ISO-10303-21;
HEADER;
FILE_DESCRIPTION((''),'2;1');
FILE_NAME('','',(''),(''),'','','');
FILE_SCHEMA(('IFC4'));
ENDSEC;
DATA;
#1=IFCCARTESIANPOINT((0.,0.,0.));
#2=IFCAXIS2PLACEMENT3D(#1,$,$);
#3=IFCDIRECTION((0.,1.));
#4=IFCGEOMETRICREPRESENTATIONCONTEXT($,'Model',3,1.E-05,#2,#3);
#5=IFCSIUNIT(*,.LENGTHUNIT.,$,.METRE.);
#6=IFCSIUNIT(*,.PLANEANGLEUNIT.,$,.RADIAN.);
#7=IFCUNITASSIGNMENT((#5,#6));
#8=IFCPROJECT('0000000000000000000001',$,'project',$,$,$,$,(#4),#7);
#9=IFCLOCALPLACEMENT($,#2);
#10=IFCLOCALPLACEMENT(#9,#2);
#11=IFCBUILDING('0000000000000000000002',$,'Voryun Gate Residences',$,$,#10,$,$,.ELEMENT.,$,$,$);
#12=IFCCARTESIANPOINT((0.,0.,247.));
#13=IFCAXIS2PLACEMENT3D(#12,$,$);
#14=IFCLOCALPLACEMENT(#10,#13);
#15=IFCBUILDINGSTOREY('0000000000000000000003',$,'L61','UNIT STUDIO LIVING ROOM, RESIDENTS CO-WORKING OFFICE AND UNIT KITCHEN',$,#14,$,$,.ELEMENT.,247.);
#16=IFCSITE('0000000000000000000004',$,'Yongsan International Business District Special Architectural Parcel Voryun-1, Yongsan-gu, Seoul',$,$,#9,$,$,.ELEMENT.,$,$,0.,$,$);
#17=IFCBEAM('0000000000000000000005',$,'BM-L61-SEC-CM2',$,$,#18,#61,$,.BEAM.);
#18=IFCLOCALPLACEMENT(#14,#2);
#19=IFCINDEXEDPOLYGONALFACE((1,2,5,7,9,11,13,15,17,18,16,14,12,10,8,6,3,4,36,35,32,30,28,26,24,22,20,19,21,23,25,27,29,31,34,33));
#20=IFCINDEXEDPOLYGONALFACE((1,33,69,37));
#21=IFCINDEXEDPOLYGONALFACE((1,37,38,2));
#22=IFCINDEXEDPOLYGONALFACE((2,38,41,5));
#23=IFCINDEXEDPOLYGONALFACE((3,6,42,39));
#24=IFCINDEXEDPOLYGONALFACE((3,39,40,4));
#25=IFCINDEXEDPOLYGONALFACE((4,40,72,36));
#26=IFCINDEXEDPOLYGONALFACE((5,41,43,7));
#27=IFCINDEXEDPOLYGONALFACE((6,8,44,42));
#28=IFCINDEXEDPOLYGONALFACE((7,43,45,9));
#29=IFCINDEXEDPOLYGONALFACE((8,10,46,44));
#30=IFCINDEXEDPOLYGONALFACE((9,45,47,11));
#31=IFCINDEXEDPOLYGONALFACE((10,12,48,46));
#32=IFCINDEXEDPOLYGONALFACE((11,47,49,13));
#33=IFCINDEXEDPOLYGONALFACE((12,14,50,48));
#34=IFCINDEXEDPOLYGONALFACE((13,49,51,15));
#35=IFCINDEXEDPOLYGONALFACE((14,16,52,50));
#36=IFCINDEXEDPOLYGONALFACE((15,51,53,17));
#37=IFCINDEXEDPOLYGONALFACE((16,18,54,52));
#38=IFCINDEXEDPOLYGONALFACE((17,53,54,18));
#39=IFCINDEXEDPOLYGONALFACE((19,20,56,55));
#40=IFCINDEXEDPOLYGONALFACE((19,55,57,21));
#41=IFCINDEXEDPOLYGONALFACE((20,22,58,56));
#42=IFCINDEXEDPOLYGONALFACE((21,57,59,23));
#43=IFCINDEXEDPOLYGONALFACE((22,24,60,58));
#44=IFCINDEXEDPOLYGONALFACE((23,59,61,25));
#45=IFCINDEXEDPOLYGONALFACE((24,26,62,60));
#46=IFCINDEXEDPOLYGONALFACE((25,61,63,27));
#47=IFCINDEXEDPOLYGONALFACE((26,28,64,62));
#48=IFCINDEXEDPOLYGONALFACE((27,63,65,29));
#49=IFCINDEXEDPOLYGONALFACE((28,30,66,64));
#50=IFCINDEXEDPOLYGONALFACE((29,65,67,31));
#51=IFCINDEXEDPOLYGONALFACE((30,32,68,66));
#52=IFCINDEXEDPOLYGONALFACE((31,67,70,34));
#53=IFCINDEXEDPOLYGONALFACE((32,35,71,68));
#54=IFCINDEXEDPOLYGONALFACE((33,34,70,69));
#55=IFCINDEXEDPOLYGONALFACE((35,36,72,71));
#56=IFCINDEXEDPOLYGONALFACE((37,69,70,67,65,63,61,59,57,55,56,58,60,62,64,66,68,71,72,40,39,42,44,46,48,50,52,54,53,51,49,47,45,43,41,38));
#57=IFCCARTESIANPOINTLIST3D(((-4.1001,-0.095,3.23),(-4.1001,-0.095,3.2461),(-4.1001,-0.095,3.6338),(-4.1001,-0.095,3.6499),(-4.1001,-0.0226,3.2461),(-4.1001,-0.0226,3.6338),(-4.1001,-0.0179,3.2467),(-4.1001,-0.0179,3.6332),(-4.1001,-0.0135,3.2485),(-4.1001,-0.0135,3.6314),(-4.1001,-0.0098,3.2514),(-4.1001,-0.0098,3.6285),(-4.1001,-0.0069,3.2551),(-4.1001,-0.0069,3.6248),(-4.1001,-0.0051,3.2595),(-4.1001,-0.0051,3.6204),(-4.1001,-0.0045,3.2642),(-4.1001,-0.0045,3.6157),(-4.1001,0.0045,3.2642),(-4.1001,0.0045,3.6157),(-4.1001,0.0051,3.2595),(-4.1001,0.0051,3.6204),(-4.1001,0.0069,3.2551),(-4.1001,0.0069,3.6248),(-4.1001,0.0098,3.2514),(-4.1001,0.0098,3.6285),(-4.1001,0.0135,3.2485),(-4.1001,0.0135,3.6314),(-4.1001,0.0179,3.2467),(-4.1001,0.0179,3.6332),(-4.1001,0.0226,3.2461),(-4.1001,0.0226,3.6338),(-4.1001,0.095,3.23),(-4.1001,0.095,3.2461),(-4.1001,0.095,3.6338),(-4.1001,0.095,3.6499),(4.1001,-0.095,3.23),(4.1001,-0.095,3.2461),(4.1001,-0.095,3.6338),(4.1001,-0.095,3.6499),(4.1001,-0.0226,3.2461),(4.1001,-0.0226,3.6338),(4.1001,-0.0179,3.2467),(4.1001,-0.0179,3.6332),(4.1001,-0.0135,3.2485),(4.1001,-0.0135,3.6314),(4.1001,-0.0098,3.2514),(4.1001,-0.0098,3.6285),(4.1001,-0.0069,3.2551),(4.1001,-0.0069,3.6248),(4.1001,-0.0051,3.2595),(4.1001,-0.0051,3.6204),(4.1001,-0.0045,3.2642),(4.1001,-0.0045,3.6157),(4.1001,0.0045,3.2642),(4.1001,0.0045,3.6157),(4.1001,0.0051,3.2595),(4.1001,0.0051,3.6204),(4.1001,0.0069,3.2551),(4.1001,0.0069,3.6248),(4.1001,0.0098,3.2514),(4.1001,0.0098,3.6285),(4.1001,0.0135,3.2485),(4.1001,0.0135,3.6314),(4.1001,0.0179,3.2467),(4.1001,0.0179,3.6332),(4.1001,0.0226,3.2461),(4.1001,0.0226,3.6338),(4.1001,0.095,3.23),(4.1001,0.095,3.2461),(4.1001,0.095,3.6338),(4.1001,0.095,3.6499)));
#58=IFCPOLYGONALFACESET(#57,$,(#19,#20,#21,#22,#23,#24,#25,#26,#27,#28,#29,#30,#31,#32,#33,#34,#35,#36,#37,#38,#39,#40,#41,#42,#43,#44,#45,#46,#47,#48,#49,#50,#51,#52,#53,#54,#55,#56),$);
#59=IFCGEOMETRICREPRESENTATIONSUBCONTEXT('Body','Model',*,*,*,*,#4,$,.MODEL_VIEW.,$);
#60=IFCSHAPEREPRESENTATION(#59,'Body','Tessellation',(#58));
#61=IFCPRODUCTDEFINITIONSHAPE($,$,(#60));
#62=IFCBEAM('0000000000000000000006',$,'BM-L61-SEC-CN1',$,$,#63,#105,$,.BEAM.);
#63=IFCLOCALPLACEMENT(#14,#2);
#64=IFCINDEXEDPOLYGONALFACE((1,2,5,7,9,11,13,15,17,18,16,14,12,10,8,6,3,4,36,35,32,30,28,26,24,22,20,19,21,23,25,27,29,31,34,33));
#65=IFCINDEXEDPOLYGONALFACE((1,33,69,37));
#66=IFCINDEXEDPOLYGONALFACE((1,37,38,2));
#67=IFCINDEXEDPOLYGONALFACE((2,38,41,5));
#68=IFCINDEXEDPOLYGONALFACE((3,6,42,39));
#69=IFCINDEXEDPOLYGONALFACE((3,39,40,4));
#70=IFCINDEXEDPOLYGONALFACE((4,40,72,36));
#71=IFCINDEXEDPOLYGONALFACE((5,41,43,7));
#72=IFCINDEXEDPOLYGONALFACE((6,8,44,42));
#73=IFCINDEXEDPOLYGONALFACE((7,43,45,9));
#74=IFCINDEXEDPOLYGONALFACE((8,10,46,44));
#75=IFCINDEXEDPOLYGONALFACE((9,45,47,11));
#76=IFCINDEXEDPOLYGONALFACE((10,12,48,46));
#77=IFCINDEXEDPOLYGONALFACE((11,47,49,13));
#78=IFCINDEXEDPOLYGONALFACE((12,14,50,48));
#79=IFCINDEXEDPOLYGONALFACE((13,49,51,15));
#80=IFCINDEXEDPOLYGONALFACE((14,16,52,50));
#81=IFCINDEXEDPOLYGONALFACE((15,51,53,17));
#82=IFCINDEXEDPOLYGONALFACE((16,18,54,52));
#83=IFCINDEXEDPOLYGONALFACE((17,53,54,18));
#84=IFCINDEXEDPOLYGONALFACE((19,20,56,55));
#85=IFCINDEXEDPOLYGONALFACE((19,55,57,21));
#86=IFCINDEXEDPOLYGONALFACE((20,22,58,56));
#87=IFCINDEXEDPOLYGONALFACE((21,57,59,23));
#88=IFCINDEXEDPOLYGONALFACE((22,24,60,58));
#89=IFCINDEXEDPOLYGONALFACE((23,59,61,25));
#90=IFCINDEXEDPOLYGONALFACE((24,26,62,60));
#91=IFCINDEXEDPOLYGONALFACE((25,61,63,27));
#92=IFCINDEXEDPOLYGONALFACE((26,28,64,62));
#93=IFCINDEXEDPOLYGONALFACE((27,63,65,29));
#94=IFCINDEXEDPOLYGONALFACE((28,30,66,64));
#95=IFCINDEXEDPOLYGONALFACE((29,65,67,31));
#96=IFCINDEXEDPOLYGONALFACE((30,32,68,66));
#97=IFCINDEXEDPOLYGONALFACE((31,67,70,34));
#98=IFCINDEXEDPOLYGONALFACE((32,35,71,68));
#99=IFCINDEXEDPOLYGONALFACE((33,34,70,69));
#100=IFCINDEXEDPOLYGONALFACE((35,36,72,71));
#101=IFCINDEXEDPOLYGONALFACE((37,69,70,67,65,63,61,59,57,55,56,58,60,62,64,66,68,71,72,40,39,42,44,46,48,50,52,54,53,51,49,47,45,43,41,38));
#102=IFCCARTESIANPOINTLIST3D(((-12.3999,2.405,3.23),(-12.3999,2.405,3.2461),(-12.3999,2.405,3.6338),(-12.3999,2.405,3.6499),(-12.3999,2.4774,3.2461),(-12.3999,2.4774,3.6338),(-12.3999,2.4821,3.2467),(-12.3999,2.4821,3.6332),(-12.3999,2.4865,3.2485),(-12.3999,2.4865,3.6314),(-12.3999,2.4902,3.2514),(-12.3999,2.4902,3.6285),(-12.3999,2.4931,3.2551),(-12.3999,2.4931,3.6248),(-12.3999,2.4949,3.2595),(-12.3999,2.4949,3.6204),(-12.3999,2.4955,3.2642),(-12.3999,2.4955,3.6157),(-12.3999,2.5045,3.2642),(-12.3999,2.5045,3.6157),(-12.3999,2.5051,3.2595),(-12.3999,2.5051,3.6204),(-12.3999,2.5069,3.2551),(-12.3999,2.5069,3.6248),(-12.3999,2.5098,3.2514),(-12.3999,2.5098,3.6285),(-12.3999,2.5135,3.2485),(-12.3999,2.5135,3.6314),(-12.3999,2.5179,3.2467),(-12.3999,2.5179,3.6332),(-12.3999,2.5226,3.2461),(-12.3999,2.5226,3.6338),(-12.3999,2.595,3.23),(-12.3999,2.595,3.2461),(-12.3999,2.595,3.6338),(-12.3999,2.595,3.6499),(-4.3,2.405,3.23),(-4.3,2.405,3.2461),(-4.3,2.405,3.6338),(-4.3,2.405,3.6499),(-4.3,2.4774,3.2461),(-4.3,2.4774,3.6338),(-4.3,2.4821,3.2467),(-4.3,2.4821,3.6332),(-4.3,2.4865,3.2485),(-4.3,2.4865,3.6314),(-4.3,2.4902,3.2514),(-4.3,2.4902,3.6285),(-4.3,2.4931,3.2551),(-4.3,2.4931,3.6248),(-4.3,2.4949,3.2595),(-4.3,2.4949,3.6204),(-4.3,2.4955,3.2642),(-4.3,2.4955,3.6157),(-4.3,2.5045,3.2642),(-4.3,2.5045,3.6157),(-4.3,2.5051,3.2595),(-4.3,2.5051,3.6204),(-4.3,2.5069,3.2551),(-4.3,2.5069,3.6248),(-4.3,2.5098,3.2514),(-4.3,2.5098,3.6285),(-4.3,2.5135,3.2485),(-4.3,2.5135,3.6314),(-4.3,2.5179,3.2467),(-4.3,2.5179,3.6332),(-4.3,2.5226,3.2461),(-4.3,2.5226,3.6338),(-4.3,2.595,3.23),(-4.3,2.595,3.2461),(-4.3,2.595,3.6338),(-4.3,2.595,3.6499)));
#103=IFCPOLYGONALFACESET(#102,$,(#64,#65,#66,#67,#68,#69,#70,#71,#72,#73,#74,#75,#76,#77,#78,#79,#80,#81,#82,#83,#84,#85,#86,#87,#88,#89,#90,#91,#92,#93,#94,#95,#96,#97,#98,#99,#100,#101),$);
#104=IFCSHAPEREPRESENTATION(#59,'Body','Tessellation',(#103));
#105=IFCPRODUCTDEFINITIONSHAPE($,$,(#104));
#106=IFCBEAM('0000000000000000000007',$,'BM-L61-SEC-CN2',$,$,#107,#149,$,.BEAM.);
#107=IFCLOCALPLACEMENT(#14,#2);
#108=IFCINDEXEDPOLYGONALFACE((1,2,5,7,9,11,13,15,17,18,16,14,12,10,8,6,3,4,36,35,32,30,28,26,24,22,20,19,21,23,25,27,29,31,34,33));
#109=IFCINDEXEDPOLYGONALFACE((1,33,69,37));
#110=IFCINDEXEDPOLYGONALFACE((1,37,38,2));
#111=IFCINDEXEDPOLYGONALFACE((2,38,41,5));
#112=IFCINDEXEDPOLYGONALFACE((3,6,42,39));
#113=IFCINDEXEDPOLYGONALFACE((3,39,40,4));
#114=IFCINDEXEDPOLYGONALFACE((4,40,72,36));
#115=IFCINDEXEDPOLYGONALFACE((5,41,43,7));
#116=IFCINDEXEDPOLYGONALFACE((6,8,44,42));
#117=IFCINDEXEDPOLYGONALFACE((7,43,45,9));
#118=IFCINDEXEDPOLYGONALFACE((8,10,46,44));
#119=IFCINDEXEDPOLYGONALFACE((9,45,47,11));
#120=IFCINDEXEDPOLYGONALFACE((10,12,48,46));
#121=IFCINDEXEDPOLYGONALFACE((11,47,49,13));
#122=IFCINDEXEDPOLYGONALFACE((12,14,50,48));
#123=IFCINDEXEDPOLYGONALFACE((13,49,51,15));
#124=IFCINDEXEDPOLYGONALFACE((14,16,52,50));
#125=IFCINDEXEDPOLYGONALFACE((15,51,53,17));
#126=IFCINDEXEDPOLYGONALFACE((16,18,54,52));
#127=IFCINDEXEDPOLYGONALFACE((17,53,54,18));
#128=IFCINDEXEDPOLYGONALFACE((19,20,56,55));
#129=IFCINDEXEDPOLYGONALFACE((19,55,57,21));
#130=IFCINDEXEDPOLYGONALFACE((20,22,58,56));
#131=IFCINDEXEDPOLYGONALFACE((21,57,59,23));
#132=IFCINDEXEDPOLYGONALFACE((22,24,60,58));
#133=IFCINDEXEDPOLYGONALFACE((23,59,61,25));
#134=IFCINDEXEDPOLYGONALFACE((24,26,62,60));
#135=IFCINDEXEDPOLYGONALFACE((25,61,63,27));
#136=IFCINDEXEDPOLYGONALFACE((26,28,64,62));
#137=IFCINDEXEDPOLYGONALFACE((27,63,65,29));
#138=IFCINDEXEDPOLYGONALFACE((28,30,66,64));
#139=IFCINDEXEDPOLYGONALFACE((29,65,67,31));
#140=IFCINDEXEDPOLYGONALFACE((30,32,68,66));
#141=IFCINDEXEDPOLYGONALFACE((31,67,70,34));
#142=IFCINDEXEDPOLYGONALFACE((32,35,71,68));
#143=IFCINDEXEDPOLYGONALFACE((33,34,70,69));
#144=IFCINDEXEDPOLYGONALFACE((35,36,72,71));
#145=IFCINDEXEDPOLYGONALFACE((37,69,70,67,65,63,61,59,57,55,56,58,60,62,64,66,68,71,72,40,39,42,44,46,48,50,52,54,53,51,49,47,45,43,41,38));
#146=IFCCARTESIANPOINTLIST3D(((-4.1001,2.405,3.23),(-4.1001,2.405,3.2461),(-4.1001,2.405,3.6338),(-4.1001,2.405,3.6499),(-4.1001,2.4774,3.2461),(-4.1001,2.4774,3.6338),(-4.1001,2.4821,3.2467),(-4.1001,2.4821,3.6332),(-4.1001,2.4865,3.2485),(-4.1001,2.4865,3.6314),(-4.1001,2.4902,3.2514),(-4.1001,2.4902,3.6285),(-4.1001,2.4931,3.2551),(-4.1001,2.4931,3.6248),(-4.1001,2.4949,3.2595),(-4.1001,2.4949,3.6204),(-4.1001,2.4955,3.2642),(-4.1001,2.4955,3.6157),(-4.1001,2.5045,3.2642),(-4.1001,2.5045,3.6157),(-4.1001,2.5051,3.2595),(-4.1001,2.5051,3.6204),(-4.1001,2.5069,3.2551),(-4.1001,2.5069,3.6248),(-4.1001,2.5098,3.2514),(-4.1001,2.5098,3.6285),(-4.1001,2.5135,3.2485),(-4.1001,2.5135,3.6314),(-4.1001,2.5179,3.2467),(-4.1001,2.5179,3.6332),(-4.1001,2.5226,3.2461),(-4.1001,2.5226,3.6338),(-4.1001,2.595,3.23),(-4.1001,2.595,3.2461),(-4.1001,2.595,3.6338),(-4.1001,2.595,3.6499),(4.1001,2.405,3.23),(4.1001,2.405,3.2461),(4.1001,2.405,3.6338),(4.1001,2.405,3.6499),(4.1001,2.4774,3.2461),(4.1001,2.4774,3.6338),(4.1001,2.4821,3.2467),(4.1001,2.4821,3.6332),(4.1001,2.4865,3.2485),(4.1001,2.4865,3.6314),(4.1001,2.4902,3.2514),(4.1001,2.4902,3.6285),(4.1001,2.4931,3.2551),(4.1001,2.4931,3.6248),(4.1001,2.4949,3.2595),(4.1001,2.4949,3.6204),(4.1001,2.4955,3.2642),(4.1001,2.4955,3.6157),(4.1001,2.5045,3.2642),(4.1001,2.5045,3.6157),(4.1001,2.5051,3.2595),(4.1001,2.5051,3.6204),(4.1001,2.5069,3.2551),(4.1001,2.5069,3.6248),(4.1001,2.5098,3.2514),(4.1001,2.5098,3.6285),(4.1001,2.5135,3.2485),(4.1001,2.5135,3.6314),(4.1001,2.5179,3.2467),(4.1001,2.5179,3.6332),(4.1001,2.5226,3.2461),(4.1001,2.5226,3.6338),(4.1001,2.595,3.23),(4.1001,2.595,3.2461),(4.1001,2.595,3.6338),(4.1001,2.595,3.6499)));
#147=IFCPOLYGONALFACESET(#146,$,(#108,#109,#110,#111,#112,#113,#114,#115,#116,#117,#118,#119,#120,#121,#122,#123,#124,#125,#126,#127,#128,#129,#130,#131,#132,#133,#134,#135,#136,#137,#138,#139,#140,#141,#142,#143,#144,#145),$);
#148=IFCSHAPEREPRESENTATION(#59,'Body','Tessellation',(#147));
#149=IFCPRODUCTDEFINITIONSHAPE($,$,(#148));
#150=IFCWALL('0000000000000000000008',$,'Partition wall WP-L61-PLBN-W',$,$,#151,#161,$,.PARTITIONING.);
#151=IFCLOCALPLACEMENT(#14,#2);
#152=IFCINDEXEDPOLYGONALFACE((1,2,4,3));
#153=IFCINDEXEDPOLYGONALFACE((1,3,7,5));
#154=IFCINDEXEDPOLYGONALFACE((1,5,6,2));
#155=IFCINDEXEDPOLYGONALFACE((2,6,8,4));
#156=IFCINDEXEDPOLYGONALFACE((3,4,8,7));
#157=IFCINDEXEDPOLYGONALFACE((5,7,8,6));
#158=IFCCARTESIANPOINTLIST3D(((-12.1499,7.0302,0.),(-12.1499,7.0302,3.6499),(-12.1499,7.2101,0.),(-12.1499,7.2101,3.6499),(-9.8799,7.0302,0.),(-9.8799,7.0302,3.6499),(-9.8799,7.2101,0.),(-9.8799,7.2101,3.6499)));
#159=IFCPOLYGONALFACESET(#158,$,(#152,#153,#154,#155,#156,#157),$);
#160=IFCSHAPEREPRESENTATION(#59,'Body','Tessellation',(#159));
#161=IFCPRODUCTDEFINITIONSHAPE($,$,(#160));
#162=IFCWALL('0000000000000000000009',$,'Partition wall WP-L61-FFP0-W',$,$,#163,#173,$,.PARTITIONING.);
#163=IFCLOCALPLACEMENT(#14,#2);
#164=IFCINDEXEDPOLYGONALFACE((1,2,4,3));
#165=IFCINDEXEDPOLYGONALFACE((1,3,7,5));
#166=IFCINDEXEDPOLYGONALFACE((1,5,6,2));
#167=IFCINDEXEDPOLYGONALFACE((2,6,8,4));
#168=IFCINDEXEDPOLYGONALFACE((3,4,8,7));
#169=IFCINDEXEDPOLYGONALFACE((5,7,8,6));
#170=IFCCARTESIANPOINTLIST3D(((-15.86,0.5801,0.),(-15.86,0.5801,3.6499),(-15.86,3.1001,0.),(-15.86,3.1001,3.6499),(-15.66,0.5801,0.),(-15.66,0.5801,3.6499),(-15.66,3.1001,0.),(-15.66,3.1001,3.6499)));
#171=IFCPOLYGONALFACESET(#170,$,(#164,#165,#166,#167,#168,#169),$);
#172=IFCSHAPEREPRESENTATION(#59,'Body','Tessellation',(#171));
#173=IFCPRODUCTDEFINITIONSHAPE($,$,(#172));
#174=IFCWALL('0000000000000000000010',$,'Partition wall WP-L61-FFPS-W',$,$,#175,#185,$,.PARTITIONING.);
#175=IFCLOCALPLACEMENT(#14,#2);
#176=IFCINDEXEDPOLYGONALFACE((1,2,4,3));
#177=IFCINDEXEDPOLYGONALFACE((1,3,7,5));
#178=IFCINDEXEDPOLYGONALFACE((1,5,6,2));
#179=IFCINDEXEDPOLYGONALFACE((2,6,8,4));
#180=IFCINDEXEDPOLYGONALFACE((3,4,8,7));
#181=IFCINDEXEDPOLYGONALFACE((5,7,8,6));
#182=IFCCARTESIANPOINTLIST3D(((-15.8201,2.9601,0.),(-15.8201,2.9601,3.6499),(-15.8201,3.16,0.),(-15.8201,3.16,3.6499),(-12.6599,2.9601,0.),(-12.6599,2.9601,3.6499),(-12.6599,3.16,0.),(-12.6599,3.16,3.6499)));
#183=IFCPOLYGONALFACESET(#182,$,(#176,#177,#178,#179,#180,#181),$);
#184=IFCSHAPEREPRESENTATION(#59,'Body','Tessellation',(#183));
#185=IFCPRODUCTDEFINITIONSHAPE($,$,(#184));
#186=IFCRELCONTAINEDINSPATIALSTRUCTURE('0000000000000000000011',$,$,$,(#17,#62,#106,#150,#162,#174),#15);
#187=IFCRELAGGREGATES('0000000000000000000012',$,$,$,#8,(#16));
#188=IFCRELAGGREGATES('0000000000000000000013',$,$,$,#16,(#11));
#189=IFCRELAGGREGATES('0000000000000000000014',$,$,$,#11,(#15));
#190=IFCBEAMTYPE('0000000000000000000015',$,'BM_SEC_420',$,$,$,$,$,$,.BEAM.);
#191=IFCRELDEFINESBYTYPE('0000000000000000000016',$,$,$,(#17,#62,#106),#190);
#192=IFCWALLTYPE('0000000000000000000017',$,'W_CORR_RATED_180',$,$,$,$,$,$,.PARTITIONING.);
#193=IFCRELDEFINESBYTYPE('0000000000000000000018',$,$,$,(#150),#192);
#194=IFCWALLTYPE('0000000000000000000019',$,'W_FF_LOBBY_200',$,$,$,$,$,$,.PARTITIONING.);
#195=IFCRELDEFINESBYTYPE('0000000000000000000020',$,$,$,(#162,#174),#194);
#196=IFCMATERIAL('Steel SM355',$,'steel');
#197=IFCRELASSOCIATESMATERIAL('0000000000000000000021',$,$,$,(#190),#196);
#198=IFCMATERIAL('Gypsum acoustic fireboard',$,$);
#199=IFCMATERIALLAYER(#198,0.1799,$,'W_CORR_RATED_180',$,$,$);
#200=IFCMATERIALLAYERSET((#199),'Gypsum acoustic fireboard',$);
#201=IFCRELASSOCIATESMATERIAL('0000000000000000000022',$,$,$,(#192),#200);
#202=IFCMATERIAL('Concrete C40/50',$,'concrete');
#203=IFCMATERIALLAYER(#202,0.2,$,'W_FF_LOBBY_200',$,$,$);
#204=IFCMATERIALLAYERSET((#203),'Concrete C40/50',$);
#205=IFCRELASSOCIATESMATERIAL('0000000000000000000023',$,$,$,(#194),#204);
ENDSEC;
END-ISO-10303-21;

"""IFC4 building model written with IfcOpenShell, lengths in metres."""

from ifc_helpers import new_model, si_unit, direction, frame, frame_2d, origin, origin_2d, place, context, subcontext, project, spatial, rectangle, i_section, extrude, material, layer, layer_set, material_profile, profile_set, type_object, element, save


model = new_model("IFC4")

# Units and contexts
model_context = context("Model", 3, precision=1e-05, world=origin(), true_north=direction((0.0, 1.0)))
body_context = subcontext(model_context, "Body", "Model", "MODEL_VIEW")
ifc_project = project(units=[si_unit("LENGTHUNIT", "METRE"), si_unit("PLANEANGLEUNIT", "RADIAN")], contexts=[model_context])

# Site, building, storey
site_placement = place(None, origin())
site = spatial("IfcSite", under=ifc_project, at=site_placement, Name="Yongsan International Business District Special Architectural Parcel Voryun-1, Yongsan-gu, Seoul", CompositionType="ELEMENT", RefElevation=0.0)
building_placement = place(site_placement, origin())
building = spatial("IfcBuilding", under=site, at=building_placement, Name="Voryun Gate Residences", CompositionType="ELEMENT")
storey_placement = place(building_placement, frame((0.0, 0.0, 247.0)))
storey = spatial("IfcBuildingStorey", under=building, at=storey_placement, Name="L61", Description="UNIT STUDIO LIVING ROOM, RESIDENTS CO-WORKING OFFICE AND UNIT KITCHEN", CompositionType="ELEMENT", Elevation=247.0)

# Beams
ifc_material_1 = material(Name="Steel SM355", Category="steel")
ifc_material_profile_1 = material_profile(ifc_material_1, i_section(OverallWidth=0.1899, OverallDepth=0.4199, WebThickness=0.009, FlangeThickness=0.0161, FilletRadius=0.0181, at=origin_2d()), Name="H-420x190x9x16")
ifc_profile_set_1 = profile_set([ifc_material_profile_1], Name="Steel SM355")
beam_type_1 = type_object("IfcBeamType", Name="BM_SEC_420", PredefinedType="BEAM", material=ifc_profile_set_1)
beam_1_placement = place(storey_placement, frame((-4.1001, 0.0, 3.4399), z_axis=(1.0, 0.0, 0.0), x_axis=(0.0, 1.0, 0.0)))
element("IfcBeam", 1, at=beam_1_placement, inside=storey, type_object=beam_type_1, Name="BM-L61-SEC-CM2", PredefinedType="BEAM", context=body_context, shape_type="SweptSolid", body=[
    extrude(i_section(OverallWidth=0.1899, OverallDepth=0.4199, WebThickness=0.009, FlangeThickness=0.0161, FilletRadius=0.0181, at=origin_2d()), origin(), (0.0, 0.0, 1.0), 8.2002),
])
beam_2_placement = place(storey_placement, frame((-12.3999, 2.5, 3.4399), z_axis=(1.0, 0.0, 0.0), x_axis=(0.0, 1.0, 0.0)))
element("IfcBeam", 2, at=beam_2_placement, inside=storey, type_object=beam_type_1, Name="BM-L61-SEC-CN1", PredefinedType="BEAM", context=body_context, shape_type="SweptSolid", body=[
    extrude(i_section(OverallWidth=0.1899, OverallDepth=0.4199, WebThickness=0.009, FlangeThickness=0.0161, FilletRadius=0.0181, at=origin_2d()), origin(), (0.0, 0.0, 1.0), 8.0999),
])
beam_3_placement = place(storey_placement, frame((-4.1001, 2.5, 3.4399), z_axis=(1.0, 0.0, 0.0), x_axis=(0.0, 1.0, 0.0)))
element("IfcBeam", 3, at=beam_3_placement, inside=storey, type_object=beam_type_1, Name="BM-L61-SEC-CN2", PredefinedType="BEAM", context=body_context, shape_type="SweptSolid", body=[
    extrude(i_section(OverallWidth=0.1899, OverallDepth=0.4199, WebThickness=0.009, FlangeThickness=0.0161, FilletRadius=0.0181, at=origin_2d()), origin(), (0.0, 0.0, 1.0), 8.2002),
])

# Walls
ifc_material_2 = material(Name="Gypsum acoustic fireboard")
ifc_layer_1 = layer(ifc_material_2, 0.1799, Name="W_CORR_RATED_180")
ifc_layer_set_1 = layer_set([ifc_layer_1], Name="Gypsum acoustic fireboard")
wall_type_1 = type_object("IfcWallType", Name="W_CORR_RATED_180", PredefinedType="PARTITIONING", material=ifc_layer_set_1)
wall_1_placement = place(storey_placement, frame((-12.1499, 7.1201, 0.0), z_axis=(0.0, 0.0, 1.0), x_axis=(1.0, 0.0, 0.0)))
element("IfcWall", 4, at=wall_1_placement, inside=storey, type_object=wall_type_1, Name="Partition wall WP-L61-PLBN-W", PredefinedType="PARTITIONING", context=body_context, shape_type="SweptSolid", body=[
    extrude(rectangle(XDim=2.27, YDim=0.1799, at=frame_2d((1.135, 0.0))), origin(), (0.0, 0.0, 1.0), 3.6499),
])
ifc_material_3 = material(Name="Concrete C40/50", Category="concrete")
ifc_layer_2 = layer(ifc_material_3, 0.2, Name="W_FF_LOBBY_200")
ifc_layer_set_2 = layer_set([ifc_layer_2], Name="Concrete C40/50")
wall_type_2 = type_object("IfcWallType", Name="W_FF_LOBBY_200", PredefinedType="PARTITIONING", material=ifc_layer_set_2)
wall_2_placement = place(storey_placement, frame((-15.76, 0.5801, 0.0), z_axis=(0.0, 0.0, 1.0), x_axis=(0.0, 1.0, 0.0)))
element("IfcWall", 5, at=wall_2_placement, inside=storey, type_object=wall_type_2, Name="Partition wall WP-L61-FFP0-W", PredefinedType="PARTITIONING", context=body_context, shape_type="SweptSolid", body=[
    extrude(rectangle(XDim=2.52, YDim=0.2, at=frame_2d((1.26, 0.0))), origin(), (0.0, 0.0, 1.0), 3.6499),
])
wall_3_placement = place(storey_placement, frame((-15.8201, 3.0601, 0.0), z_axis=(0.0, 0.0, 1.0), x_axis=(1.0, 0.0, 0.0)))
element("IfcWall", 6, at=wall_3_placement, inside=storey, type_object=wall_type_2, Name="Partition wall WP-L61-FFPS-W", PredefinedType="PARTITIONING", context=body_context, shape_type="SweptSolid", body=[
    extrude(rectangle(XDim=3.1602, YDim=0.2, at=frame_2d((1.5801, 0.0))), origin(), (0.0, 0.0, 1.0), 3.6499),
])

save(model, "model.ifc")
